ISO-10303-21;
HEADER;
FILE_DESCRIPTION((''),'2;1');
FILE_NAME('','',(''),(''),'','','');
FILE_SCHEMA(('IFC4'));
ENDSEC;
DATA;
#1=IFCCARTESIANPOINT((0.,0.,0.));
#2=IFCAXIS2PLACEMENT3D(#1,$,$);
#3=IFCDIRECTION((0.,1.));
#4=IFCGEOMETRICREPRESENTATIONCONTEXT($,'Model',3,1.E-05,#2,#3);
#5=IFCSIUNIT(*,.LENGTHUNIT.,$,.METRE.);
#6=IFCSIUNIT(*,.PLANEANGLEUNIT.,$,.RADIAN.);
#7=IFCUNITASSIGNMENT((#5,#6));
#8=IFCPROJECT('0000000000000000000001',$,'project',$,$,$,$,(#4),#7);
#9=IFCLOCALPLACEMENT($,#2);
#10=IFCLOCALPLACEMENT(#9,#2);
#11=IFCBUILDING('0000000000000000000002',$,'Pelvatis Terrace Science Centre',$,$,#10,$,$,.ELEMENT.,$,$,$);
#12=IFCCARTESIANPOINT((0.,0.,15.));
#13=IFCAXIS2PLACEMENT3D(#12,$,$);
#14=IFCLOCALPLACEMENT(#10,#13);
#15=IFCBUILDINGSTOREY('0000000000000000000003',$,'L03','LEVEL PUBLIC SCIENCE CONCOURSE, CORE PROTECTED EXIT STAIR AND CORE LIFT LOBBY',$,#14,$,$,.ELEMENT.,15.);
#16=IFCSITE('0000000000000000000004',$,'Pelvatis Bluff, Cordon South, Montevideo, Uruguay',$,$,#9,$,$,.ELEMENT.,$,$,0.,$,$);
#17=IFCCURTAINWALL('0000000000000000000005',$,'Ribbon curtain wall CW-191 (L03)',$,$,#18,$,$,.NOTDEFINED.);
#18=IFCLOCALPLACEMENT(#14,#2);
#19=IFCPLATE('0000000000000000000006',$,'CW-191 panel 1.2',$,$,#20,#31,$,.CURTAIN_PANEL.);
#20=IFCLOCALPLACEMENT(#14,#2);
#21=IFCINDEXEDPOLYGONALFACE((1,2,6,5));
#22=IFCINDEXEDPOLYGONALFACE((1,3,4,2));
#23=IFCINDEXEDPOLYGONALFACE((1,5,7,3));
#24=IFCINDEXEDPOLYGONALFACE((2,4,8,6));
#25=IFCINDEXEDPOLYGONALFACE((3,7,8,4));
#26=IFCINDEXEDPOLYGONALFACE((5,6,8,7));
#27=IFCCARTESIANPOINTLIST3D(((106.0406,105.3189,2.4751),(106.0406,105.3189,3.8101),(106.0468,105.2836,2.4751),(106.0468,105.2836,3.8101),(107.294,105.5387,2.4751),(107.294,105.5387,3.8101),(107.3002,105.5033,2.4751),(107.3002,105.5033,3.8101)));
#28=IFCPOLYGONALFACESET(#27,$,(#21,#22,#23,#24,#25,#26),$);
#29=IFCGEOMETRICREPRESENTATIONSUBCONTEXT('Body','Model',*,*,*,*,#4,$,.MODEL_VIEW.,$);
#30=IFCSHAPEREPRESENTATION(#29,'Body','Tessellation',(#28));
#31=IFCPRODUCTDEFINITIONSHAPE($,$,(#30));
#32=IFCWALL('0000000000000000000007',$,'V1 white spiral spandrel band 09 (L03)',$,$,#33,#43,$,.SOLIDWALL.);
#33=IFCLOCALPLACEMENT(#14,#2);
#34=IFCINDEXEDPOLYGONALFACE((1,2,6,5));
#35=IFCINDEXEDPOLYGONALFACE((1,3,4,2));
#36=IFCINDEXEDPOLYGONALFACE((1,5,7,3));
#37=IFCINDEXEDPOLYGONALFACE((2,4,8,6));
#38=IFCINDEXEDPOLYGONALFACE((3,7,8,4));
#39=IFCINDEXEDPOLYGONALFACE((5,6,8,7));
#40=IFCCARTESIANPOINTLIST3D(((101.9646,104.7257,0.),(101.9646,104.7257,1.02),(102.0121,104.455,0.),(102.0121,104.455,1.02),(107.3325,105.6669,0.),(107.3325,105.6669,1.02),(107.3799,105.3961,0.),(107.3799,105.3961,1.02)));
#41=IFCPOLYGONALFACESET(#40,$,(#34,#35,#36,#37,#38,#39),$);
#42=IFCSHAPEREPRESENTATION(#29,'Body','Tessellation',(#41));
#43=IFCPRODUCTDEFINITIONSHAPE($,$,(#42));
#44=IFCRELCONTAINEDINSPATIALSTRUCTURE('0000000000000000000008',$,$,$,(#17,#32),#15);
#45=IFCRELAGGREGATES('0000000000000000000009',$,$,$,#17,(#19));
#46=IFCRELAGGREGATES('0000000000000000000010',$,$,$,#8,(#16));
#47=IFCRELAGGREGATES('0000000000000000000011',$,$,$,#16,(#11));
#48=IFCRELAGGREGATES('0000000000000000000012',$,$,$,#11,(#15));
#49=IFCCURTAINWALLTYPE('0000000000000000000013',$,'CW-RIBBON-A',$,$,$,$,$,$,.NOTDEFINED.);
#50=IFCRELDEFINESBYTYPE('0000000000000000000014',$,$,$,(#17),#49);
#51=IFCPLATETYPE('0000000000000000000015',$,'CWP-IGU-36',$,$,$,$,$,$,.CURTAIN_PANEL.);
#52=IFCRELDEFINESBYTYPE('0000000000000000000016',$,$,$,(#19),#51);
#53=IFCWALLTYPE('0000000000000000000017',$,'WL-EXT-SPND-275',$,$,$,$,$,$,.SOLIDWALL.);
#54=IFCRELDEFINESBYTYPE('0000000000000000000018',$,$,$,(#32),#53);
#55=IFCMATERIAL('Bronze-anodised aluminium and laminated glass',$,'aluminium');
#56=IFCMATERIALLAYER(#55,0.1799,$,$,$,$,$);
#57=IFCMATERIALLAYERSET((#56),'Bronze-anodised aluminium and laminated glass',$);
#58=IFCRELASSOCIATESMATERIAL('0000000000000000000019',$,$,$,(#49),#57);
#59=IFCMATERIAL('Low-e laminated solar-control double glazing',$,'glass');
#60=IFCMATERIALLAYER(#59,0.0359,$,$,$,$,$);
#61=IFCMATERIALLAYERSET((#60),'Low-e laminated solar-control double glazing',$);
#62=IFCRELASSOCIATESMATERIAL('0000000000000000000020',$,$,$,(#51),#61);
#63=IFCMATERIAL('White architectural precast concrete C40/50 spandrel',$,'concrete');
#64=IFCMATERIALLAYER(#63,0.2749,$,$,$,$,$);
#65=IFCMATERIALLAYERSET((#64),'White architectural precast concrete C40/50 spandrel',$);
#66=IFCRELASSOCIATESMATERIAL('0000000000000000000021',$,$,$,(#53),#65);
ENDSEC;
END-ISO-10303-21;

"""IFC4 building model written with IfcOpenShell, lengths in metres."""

from ifc_helpers import new_model, si_unit, direction, frame, frame_2d, origin, origin_2d, place, context, subcontext, project, spatial, rectangle, extrude, material, layer, layer_set, type_object, element, aggregate, save


model = new_model("IFC4")

# Units and contexts
model_context = context("Model", 3, precision=1e-05, world=origin(), true_north=direction((0.0, 1.0)))
body_context = subcontext(model_context, "Body", "Model", "MODEL_VIEW")
ifc_project = project(units=[si_unit("LENGTHUNIT", "METRE"), si_unit("PLANEANGLEUNIT", "RADIAN")], contexts=[model_context])

# Site, building, storey
site_placement = place(None, origin())
site = spatial("IfcSite", under=ifc_project, at=site_placement, Name="Pelvatis Bluff, Cordon South, Montevideo, Uruguay", CompositionType="ELEMENT", RefElevation=0.0)
building_placement = place(site_placement, origin())
building = spatial("IfcBuilding", under=site, at=building_placement, Name="Pelvatis Terrace Science Centre", CompositionType="ELEMENT")
storey_placement = place(building_placement, frame((0.0, 0.0, 15.0)))
storey = spatial("IfcBuildingStorey", under=building, at=storey_placement, Name="L03", Description="LEVEL PUBLIC SCIENCE CONCOURSE, CORE PROTECTED EXIT STAIR AND CORE LIFT LOBBY", CompositionType="ELEMENT", Elevation=15.0)

# Curtain wall
ifc_material_1 = material(Name="Bronze-anodised aluminium and laminated glass", Category="aluminium")
ifc_layer_1 = layer(ifc_material_1, 0.1799)
ifc_layer_set_1 = layer_set([ifc_layer_1], Name="Bronze-anodised aluminium and laminated glass")
curtain_wall_type = type_object("IfcCurtainWallType", Name="CW-RIBBON-A", PredefinedType="NOTDEFINED", material=ifc_layer_set_1)
curtain_wall_1_placement = place(storey_placement, origin())
curtain_wall_1 = element("IfcCurtainWall", 1, at=curtain_wall_1_placement, inside=storey, type_object=curtain_wall_type, Name="Ribbon curtain wall CW-191 (L03)", PredefinedType="NOTDEFINED")

# Plate
ifc_material_2 = material(Name="Low-e laminated solar-control double glazing", Category="glass")
ifc_layer_2 = layer(ifc_material_2, 0.0359)
ifc_layer_set_2 = layer_set([ifc_layer_2], Name="Low-e laminated solar-control double glazing")
plate_type = type_object("IfcPlateType", Name="CWP-IGU-36", PredefinedType="CURTAIN_PANEL", material=ifc_layer_set_2)
plate_1_placement = place(storey_placement, frame((106.6704, 105.4111, 2.4751), z_axis=(0.0, 0.0, 1.0), x_axis=(-0.984979, -0.172671, 0.0)))
plate_1 = element("IfcPlate", 2, at=plate_1_placement, type_object=plate_type, Name="CW-191 panel 1.2", PredefinedType="CURTAIN_PANEL", context=body_context, shape_type="SweptSolid", body=[
    extrude(rectangle(XDim=1.2725, YDim=0.0359, at=origin_2d()), origin(), (0.0, 0.0, 1.0), 1.335),
])
aggregate(curtain_wall_1, [plate_1])

# Wall
ifc_material_3 = material(Name="White architectural precast concrete C40/50 spandrel", Category="concrete")
ifc_layer_3 = layer(ifc_material_3, 0.2749)
ifc_layer_set_3 = layer_set([ifc_layer_3], Name="White architectural precast concrete C40/50 spandrel")
wall_type = type_object("IfcWallType", Name="WL-EXT-SPND-275", PredefinedType="SOLIDWALL", material=ifc_layer_set_3)
wall_placement = place(storey_placement, frame((107.3562, 105.5315, 0.0), z_axis=(0.0, 0.0, 1.0), x_axis=(-0.984975, -0.172697, 0.0)))
element("IfcWall", 3, at=wall_placement, inside=storey, type_object=wall_type, Name="V1 white spiral spandrel band 09 (L03)", PredefinedType="SOLIDWALL", context=body_context, shape_type="SweptSolid", body=[
    extrude(rectangle(XDim=5.4497, YDim=0.2749, at=frame_2d((2.7249, 0.0))), origin(), (0.0, 0.0, 1.0), 1.02),
])

save(model, "model.ifc")
